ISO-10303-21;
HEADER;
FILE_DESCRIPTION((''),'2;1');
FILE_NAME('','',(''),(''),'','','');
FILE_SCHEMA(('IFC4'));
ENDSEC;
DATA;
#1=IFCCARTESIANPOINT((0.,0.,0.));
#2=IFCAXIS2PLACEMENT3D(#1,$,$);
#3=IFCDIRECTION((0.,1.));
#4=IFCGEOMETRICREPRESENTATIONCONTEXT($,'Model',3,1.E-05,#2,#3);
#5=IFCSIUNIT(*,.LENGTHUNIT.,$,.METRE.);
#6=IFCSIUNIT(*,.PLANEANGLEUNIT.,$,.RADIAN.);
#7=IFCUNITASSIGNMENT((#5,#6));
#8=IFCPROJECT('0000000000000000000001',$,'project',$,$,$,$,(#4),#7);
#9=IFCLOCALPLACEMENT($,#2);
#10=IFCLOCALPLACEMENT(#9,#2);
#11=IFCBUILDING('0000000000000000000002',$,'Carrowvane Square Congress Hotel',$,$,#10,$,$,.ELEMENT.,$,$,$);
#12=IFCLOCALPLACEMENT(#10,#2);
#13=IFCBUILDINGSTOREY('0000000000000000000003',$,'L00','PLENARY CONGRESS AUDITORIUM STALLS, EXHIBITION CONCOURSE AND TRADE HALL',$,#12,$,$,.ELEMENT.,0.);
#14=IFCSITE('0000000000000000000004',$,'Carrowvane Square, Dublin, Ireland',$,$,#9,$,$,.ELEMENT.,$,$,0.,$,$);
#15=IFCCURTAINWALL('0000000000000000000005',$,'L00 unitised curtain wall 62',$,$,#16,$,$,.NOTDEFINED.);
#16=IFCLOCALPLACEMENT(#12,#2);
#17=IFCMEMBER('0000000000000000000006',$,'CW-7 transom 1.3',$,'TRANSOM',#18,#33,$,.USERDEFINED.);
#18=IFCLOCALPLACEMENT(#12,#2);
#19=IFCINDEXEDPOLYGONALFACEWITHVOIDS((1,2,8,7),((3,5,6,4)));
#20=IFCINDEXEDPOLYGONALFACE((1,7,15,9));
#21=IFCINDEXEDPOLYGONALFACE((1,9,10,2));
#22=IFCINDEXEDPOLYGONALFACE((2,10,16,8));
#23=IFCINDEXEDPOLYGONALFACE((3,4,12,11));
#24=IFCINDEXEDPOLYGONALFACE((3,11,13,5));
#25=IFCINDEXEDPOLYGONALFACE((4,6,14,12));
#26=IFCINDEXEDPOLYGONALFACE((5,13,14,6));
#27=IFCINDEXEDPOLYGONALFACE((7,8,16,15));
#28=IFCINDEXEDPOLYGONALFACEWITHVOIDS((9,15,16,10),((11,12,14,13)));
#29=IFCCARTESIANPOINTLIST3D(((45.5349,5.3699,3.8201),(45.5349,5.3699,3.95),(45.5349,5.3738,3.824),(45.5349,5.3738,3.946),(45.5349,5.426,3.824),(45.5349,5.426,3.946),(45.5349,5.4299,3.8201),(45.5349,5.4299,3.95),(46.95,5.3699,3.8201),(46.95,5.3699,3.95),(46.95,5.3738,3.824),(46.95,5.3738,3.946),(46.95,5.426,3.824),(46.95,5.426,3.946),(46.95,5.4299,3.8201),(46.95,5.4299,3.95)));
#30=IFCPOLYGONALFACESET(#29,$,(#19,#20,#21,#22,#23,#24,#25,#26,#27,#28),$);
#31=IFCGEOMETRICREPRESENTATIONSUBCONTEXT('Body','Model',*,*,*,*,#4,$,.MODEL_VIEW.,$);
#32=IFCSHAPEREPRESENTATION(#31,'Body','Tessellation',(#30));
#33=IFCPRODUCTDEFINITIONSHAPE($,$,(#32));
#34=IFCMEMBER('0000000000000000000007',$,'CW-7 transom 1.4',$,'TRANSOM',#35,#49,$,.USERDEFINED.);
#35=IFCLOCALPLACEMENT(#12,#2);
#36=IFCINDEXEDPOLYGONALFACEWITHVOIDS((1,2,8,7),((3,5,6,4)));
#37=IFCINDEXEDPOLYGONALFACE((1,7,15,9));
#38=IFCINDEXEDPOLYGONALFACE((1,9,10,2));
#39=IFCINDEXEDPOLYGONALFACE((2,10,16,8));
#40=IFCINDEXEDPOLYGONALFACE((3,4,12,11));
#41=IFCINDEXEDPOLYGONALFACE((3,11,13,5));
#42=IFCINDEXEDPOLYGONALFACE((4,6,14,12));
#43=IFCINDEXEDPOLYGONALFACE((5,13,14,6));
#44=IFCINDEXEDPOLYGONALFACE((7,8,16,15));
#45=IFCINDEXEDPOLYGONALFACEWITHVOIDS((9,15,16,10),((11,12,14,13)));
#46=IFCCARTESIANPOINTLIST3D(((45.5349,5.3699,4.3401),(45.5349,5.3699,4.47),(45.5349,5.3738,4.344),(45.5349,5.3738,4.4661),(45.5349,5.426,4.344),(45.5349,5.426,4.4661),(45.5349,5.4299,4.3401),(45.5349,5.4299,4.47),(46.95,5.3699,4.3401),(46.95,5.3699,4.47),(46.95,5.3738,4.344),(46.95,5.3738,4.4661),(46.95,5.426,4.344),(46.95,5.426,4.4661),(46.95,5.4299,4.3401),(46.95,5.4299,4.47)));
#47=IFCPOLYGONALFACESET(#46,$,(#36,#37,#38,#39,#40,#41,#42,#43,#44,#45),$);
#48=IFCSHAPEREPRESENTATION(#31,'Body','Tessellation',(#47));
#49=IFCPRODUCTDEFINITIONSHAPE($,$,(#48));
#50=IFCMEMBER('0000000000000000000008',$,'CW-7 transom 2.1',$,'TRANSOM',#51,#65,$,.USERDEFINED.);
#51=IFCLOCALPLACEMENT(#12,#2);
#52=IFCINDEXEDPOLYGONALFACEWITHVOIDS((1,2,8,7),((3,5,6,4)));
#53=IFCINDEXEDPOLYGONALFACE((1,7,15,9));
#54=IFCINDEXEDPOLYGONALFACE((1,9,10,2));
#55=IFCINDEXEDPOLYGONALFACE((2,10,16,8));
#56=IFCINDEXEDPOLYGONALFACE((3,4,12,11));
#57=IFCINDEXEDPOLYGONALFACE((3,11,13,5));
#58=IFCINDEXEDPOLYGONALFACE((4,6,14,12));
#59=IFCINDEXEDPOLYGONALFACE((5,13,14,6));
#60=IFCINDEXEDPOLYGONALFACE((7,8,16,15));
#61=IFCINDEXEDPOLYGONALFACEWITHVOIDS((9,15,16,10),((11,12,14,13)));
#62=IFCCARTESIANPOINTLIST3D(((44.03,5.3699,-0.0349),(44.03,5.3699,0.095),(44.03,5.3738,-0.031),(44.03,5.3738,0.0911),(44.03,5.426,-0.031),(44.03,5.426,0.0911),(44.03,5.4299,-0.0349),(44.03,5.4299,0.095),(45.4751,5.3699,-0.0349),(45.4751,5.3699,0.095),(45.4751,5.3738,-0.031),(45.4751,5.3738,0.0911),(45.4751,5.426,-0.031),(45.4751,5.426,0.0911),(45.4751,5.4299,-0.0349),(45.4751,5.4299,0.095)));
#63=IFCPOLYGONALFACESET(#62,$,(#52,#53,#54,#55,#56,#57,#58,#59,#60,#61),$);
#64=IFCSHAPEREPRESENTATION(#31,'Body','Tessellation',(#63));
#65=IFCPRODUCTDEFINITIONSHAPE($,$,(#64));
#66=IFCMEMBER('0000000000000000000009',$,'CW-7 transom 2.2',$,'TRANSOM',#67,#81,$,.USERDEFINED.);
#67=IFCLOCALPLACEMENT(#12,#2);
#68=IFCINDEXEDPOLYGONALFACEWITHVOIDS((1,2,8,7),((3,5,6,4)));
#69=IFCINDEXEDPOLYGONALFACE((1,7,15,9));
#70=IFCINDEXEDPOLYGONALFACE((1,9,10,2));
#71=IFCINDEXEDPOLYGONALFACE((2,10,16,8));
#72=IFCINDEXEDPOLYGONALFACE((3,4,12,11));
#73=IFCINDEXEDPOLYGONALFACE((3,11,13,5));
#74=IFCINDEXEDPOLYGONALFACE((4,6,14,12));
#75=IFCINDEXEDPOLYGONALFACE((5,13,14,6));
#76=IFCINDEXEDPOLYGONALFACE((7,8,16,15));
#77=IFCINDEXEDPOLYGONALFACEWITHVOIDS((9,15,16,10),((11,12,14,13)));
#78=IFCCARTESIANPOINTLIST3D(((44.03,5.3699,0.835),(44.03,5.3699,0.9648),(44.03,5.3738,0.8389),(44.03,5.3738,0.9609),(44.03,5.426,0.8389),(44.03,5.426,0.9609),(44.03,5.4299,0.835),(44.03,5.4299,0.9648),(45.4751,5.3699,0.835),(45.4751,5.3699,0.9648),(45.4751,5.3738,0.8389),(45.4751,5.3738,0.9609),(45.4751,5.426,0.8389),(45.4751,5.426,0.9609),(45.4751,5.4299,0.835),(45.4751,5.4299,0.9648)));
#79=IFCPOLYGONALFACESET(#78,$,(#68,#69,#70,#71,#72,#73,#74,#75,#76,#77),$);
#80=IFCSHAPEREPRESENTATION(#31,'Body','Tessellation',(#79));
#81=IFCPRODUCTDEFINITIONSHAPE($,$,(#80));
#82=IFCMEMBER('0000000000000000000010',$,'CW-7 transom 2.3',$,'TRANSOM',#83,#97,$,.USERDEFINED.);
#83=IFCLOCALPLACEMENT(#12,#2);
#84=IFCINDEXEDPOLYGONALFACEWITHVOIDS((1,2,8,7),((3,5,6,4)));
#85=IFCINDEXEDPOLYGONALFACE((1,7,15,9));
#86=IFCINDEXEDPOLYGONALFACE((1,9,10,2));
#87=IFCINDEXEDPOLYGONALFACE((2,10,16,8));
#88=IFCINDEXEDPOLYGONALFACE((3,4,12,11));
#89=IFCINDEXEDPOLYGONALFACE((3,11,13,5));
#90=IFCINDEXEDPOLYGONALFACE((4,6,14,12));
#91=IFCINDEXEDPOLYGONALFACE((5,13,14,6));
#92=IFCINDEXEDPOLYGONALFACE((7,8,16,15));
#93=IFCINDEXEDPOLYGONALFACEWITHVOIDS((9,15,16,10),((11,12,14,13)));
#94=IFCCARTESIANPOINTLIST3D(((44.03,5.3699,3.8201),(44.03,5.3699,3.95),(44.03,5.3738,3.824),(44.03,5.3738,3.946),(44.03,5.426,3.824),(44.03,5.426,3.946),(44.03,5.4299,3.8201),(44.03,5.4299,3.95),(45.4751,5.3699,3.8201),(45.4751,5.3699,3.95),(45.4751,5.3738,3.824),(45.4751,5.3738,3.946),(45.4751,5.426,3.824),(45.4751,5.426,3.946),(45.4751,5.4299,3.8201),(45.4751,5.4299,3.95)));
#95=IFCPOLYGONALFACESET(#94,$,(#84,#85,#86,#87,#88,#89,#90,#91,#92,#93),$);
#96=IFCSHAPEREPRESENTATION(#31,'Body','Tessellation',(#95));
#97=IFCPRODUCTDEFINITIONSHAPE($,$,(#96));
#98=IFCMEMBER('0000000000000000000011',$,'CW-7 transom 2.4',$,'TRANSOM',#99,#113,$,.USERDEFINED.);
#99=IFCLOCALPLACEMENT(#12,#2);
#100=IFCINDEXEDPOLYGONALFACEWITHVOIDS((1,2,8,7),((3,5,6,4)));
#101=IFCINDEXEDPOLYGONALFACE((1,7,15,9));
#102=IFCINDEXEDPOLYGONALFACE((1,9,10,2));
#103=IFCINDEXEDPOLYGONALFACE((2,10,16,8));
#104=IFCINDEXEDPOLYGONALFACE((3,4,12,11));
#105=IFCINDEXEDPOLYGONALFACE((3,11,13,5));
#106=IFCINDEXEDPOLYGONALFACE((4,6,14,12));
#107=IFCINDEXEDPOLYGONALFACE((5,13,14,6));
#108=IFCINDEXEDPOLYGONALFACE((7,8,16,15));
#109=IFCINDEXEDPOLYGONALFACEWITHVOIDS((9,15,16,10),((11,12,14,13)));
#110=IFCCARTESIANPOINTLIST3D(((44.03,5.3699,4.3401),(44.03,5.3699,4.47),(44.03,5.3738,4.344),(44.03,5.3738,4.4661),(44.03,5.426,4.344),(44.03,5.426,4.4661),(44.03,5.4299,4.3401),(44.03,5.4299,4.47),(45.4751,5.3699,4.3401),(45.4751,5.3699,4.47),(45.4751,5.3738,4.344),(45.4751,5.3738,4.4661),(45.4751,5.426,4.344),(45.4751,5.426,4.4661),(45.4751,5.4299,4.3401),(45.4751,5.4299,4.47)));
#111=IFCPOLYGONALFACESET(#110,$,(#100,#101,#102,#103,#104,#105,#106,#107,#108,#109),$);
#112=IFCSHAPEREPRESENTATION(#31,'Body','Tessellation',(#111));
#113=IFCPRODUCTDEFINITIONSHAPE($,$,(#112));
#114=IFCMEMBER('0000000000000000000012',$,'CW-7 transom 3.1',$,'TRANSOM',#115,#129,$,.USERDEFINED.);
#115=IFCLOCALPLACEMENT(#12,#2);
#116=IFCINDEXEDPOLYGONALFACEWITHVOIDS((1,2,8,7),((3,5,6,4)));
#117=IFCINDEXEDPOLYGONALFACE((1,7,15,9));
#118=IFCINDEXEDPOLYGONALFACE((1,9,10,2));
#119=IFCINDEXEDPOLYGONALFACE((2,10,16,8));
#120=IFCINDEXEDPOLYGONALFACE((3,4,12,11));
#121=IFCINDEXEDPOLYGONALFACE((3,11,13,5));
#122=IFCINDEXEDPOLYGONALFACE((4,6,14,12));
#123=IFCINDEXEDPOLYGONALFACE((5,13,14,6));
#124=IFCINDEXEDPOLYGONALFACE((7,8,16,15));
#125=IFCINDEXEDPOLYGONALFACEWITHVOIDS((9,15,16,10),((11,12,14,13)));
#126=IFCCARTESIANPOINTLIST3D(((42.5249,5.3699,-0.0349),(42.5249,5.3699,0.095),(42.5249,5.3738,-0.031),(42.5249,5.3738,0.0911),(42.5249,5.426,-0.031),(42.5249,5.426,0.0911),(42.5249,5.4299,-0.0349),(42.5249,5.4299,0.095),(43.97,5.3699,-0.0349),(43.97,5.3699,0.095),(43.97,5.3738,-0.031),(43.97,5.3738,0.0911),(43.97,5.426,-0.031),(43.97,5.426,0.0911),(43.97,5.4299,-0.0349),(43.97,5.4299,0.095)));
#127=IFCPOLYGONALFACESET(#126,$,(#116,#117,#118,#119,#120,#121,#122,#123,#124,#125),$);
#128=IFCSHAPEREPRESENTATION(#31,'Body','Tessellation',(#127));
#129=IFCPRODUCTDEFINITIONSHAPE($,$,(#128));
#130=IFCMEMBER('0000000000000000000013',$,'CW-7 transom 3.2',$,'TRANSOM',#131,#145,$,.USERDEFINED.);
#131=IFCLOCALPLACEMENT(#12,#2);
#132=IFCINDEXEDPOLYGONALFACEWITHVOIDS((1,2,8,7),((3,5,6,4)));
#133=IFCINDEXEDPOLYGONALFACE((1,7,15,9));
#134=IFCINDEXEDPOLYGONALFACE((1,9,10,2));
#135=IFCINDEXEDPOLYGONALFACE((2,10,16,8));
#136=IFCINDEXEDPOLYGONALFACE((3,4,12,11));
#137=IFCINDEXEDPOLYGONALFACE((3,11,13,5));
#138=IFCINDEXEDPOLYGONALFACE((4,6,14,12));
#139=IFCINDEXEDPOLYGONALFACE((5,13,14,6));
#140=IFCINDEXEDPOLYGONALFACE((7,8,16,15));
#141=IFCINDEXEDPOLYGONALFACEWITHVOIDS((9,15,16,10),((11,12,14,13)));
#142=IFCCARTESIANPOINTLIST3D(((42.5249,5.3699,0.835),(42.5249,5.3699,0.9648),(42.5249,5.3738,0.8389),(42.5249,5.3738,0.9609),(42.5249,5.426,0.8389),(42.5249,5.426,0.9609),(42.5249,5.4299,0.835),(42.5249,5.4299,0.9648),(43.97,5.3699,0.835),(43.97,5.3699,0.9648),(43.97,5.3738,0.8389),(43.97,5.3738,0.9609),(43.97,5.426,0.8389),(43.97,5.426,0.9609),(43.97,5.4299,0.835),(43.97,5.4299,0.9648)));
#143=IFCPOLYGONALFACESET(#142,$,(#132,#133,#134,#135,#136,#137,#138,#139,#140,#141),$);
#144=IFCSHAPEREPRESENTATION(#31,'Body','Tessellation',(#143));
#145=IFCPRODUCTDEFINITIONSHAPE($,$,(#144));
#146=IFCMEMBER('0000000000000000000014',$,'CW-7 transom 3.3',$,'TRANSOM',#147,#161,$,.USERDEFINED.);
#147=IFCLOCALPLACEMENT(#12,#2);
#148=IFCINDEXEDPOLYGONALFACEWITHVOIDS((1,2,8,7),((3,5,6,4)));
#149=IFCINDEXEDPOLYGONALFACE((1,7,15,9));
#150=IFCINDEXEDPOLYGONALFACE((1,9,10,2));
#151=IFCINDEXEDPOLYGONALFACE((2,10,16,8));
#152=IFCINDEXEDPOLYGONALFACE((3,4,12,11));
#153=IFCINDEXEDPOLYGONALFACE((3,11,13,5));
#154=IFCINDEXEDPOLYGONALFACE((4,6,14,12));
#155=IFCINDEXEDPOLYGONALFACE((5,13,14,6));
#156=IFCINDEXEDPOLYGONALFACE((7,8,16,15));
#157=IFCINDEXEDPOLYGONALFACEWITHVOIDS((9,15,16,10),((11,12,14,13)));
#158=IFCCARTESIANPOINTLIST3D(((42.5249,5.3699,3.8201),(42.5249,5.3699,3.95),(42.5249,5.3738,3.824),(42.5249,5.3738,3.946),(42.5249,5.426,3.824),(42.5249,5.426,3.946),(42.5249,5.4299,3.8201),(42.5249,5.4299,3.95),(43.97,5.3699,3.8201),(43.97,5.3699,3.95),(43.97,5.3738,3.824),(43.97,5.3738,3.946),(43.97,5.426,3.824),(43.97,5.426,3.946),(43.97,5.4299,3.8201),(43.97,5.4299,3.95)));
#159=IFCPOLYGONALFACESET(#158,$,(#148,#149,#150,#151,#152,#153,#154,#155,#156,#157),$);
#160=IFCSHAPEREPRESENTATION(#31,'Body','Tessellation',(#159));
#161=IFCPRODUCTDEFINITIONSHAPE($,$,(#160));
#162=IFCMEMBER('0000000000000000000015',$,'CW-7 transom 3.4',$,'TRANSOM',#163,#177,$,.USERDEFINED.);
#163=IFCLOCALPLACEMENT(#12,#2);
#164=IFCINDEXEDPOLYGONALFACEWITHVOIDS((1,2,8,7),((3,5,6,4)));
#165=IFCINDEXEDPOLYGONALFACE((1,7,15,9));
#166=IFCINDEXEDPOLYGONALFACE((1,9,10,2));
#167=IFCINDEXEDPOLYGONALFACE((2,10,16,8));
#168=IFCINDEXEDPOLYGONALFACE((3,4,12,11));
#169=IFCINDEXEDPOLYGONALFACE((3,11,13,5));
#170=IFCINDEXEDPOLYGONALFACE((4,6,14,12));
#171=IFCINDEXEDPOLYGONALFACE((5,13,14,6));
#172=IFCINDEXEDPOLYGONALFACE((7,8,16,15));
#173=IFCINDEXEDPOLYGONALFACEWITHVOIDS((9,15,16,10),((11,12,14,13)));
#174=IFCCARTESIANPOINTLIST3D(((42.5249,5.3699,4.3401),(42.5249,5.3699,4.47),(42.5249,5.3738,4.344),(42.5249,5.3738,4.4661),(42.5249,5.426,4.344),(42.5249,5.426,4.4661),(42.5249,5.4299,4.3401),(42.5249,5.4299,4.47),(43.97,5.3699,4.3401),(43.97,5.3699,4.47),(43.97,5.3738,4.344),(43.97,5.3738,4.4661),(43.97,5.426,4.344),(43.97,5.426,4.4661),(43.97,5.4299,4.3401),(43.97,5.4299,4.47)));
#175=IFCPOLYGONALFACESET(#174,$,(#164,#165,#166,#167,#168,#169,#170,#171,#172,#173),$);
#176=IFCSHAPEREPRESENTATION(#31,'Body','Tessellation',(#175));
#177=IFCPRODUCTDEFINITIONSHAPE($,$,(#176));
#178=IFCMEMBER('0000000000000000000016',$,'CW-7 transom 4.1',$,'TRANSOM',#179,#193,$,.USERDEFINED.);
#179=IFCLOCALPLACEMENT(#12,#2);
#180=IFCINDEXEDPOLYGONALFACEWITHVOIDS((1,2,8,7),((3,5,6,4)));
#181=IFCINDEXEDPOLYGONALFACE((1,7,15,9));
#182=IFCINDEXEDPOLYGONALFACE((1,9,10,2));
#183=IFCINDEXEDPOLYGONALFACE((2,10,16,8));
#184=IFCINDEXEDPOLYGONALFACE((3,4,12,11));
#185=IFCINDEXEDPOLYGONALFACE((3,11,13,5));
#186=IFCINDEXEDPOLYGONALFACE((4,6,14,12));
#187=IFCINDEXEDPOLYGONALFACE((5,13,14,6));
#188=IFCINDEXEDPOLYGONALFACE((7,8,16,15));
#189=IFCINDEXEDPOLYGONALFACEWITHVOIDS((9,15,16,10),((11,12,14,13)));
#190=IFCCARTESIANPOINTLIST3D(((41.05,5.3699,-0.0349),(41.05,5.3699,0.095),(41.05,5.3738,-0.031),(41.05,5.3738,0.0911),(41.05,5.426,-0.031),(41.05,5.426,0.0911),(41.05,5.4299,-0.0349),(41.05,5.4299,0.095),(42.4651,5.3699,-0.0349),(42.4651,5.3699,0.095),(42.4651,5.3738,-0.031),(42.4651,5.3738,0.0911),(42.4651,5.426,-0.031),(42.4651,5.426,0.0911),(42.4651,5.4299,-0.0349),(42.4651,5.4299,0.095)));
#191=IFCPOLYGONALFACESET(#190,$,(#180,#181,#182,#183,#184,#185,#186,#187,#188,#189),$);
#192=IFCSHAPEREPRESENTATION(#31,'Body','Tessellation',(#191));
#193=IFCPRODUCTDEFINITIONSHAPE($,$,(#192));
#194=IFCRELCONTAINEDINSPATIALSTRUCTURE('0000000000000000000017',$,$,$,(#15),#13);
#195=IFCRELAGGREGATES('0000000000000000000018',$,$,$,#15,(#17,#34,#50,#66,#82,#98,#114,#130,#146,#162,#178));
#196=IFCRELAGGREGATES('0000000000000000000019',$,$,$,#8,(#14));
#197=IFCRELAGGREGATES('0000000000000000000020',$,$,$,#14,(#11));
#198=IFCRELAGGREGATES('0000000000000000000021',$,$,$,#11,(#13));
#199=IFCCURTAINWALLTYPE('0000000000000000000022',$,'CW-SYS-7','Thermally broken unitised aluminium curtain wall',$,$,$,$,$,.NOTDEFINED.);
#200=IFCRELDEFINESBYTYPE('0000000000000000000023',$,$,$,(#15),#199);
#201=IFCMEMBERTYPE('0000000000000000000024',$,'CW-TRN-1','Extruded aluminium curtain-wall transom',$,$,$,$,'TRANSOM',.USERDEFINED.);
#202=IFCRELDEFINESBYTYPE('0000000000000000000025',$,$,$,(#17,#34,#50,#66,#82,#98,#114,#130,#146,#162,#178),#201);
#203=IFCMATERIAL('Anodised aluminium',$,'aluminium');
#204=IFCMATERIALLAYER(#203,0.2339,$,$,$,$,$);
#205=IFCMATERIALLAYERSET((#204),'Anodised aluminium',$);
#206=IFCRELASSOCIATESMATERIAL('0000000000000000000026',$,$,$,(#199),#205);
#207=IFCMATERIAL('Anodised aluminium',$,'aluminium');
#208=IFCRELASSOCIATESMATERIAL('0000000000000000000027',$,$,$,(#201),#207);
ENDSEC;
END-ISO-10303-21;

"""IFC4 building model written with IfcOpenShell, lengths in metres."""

from ifc_helpers import new_model, si_unit, direction, frame, origin, origin_2d, place, context, subcontext, project, spatial, hollow_rectangle, extrude, material, layer, layer_set, material_profile, profile_set, type_object, element, aggregate, save


model = new_model("IFC4")

# Units and contexts
model_context = context("Model", 3, precision=1e-05, world=origin(), true_north=direction((0.0, 1.0)))
body_context = subcontext(model_context, "Body", "Model", "MODEL_VIEW")
ifc_project = project(units=[si_unit("LENGTHUNIT", "METRE"), si_unit("PLANEANGLEUNIT", "RADIAN")], contexts=[model_context])

# Site, building, storey
site_placement = place(None, origin())
site = spatial("IfcSite", under=ifc_project, at=site_placement, Name="Carrowvane Square, Dublin, Ireland", CompositionType="ELEMENT", RefElevation=0.0)
building_placement = place(site_placement, origin())
building = spatial("IfcBuilding", under=site, at=building_placement, Name="Carrowvane Square Congress Hotel", CompositionType="ELEMENT")
storey_placement = place(building_placement, origin())
storey = spatial("IfcBuildingStorey", under=building, at=storey_placement, Name="L00", Description="PLENARY CONGRESS AUDITORIUM STALLS, EXHIBITION CONCOURSE AND TRADE HALL", CompositionType="ELEMENT", Elevation=0.0)

# Curtain wall, members
ifc_material_1 = material(Name="Anodised aluminium", Category="aluminium")
ifc_layer_1 = layer(ifc_material_1, 0.2339)
ifc_layer_set_1 = layer_set([ifc_layer_1], Name="Anodised aluminium")
curtain_wall_type = type_object("IfcCurtainWallType", Name="CW-SYS-7", Description="Thermally broken unitised aluminium curtain wall", PredefinedType="NOTDEFINED", material=ifc_layer_set_1)
curtain_wall_placement = place(storey_placement, origin())
curtain_wall = element("IfcCurtainWall", 1, at=curtain_wall_placement, inside=storey, type_object=curtain_wall_type, Name="L00 unitised curtain wall 62", PredefinedType="NOTDEFINED")
ifc_material_2 = material(Name="Anodised aluminium", Category="aluminium")
ifc_material_profile_1 = material_profile(ifc_material_2, hollow_rectangle(XDim=0.0601, YDim=0.1299, WallThickness=0.0039, at=origin_2d()), Name="CW-TR 60x130x4")
ifc_profile_set_1 = profile_set([ifc_material_profile_1], Name="Anodised aluminium")
member_type_1 = type_object("IfcMemberType", Name="CW-TRN-1", Description="Extruded aluminium curtain-wall transom", ElementType="TRANSOM", PredefinedType="USERDEFINED", material=ifc_profile_set_1)
member_1_placement = place(storey_placement, frame((46.95, 5.3999, 3.885), z_axis=(-1.0, 0.0, 0.0), x_axis=(0.0, -1.0, 0.0)))
member_1 = element("IfcMember", 2, at=member_1_placement, type_object=member_type_1, Name="CW-7 transom 1.3", ObjectType="TRANSOM", PredefinedType="USERDEFINED", context=body_context, shape_type="SweptSolid", body=[
    extrude(hollow_rectangle(XDim=0.0601, YDim=0.1299, WallThickness=0.0039, at=origin_2d()), origin(), (0.0, 0.0, 1.0), 1.415),
])
member_2_placement = place(storey_placement, frame((46.95, 5.3999, 4.405), z_axis=(-1.0, 0.0, 0.0), x_axis=(0.0, -1.0, 0.0)))
member_2 = element("IfcMember", 3, at=member_2_placement, type_object=member_type_1, Name="CW-7 transom 1.4", ObjectType="TRANSOM", PredefinedType="USERDEFINED", context=body_context, shape_type="SweptSolid", body=[
    extrude(hollow_rectangle(XDim=0.0601, YDim=0.1299, WallThickness=0.0039, at=origin_2d()), origin(), (0.0, 0.0, 1.0), 1.415),
])
member_3_placement = place(storey_placement, frame((45.4751, 5.3999, 0.03), z_axis=(-1.0, 0.0, 0.0), x_axis=(0.0, -1.0, 0.0)))
member_3 = element("IfcMember", 4, at=member_3_placement, type_object=member_type_1, Name="CW-7 transom 2.1", ObjectType="TRANSOM", PredefinedType="USERDEFINED", context=body_context, shape_type="SweptSolid", body=[
    extrude(hollow_rectangle(XDim=0.0601, YDim=0.1299, WallThickness=0.0039, at=origin_2d()), origin(), (0.0, 0.0, 1.0), 1.4451),
])
member_4_placement = place(storey_placement, frame((45.4751, 5.3999, 0.8999), z_axis=(-1.0, 0.0, 0.0), x_axis=(0.0, -1.0, 0.0)))
member_4 = element("IfcMember", 5, at=member_4_placement, type_object=member_type_1, Name="CW-7 transom 2.2", ObjectType="TRANSOM", PredefinedType="USERDEFINED", context=body_context, shape_type="SweptSolid", body=[
    extrude(hollow_rectangle(XDim=0.0601, YDim=0.1299, WallThickness=0.0039, at=origin_2d()), origin(), (0.0, 0.0, 1.0), 1.4451),
])
member_5_placement = place(storey_placement, frame((45.4751, 5.3999, 3.885), z_axis=(-1.0, 0.0, 0.0), x_axis=(0.0, -1.0, 0.0)))
member_5 = element("IfcMember", 6, at=member_5_placement, type_object=member_type_1, Name="CW-7 transom 2.3", ObjectType="TRANSOM", PredefinedType="USERDEFINED", context=body_context, shape_type="SweptSolid", body=[
    extrude(hollow_rectangle(XDim=0.0601, YDim=0.1299, WallThickness=0.0039, at=origin_2d()), origin(), (0.0, 0.0, 1.0), 1.4451),
])
member_6_placement = place(storey_placement, frame((45.4751, 5.3999, 4.405), z_axis=(-1.0, 0.0, 0.0), x_axis=(0.0, -1.0, 0.0)))
member_6 = element("IfcMember", 7, at=member_6_placement, type_object=member_type_1, Name="CW-7 transom 2.4", ObjectType="TRANSOM", PredefinedType="USERDEFINED", context=body_context, shape_type="SweptSolid", body=[
    extrude(hollow_rectangle(XDim=0.0601, YDim=0.1299, WallThickness=0.0039, at=origin_2d()), origin(), (0.0, 0.0, 1.0), 1.4451),
])
member_7_placement = place(storey_placement, frame((43.97, 5.3999, 0.03), z_axis=(-1.0, 0.0, 0.0), x_axis=(0.0, -1.0, 0.0)))
member_7 = element("IfcMember", 8, at=member_7_placement, type_object=member_type_1, Name="CW-7 transom 3.1", ObjectType="TRANSOM", PredefinedType="USERDEFINED", context=body_context, shape_type="SweptSolid", body=[
    extrude(hollow_rectangle(XDim=0.0601, YDim=0.1299, WallThickness=0.0039, at=origin_2d()), origin(), (0.0, 0.0, 1.0), 1.4451),
])
member_8_placement = place(storey_placement, frame((43.97, 5.3999, 0.8999), z_axis=(-1.0, 0.0, 0.0), x_axis=(0.0, -1.0, 0.0)))
member_8 = element("IfcMember", 9, at=member_8_placement, type_object=member_type_1, Name="CW-7 transom 3.2", ObjectType="TRANSOM", PredefinedType="USERDEFINED", context=body_context, shape_type="SweptSolid", body=[
    extrude(hollow_rectangle(XDim=0.0601, YDim=0.1299, WallThickness=0.0039, at=origin_2d()), origin(), (0.0, 0.0, 1.0), 1.4451),
])
member_9_placement = place(storey_placement, frame((43.97, 5.3999, 3.885), z_axis=(-1.0, 0.0, 0.0), x_axis=(0.0, -1.0, 0.0)))
member_9 = element("IfcMember", 10, at=member_9_placement, type_object=member_type_1, Name="CW-7 transom 3.3", ObjectType="TRANSOM", PredefinedType="USERDEFINED", context=body_context, shape_type="SweptSolid", body=[
    extrude(hollow_rectangle(XDim=0.0601, YDim=0.1299, WallThickness=0.0039, at=origin_2d()), origin(), (0.0, 0.0, 1.0), 1.4451),
])
member_10_placement = place(storey_placement, frame((43.97, 5.3999, 4.405), z_axis=(-1.0, 0.0, 0.0), x_axis=(0.0, -1.0, 0.0)))
member_10 = element("IfcMember", 11, at=member_10_placement, type_object=member_type_1, Name="CW-7 transom 3.4", ObjectType="TRANSOM", PredefinedType="USERDEFINED", context=body_context, shape_type="SweptSolid", body=[
    extrude(hollow_rectangle(XDim=0.0601, YDim=0.1299, WallThickness=0.0039, at=origin_2d()), origin(), (0.0, 0.0, 1.0), 1.4451),
])
member_11_placement = place(storey_placement, frame((42.4651, 5.3999, 0.03), z_axis=(-1.0, 0.0, 0.0), x_axis=(0.0, -1.0, 0.0)))
member_11 = element("IfcMember", 12, at=member_11_placement, type_object=member_type_1, Name="CW-7 transom 4.1", ObjectType="TRANSOM", PredefinedType="USERDEFINED", context=body_context, shape_type="SweptSolid", body=[
    extrude(hollow_rectangle(XDim=0.0601, YDim=0.1299, WallThickness=0.0039, at=origin_2d()), origin(), (0.0, 0.0, 1.0), 1.415),
])

aggregate(curtain_wall, [member_1, member_2, member_3, member_4, member_5, member_6, member_7, member_8, member_9, member_10, member_11])

save(model, "model.ifc")
